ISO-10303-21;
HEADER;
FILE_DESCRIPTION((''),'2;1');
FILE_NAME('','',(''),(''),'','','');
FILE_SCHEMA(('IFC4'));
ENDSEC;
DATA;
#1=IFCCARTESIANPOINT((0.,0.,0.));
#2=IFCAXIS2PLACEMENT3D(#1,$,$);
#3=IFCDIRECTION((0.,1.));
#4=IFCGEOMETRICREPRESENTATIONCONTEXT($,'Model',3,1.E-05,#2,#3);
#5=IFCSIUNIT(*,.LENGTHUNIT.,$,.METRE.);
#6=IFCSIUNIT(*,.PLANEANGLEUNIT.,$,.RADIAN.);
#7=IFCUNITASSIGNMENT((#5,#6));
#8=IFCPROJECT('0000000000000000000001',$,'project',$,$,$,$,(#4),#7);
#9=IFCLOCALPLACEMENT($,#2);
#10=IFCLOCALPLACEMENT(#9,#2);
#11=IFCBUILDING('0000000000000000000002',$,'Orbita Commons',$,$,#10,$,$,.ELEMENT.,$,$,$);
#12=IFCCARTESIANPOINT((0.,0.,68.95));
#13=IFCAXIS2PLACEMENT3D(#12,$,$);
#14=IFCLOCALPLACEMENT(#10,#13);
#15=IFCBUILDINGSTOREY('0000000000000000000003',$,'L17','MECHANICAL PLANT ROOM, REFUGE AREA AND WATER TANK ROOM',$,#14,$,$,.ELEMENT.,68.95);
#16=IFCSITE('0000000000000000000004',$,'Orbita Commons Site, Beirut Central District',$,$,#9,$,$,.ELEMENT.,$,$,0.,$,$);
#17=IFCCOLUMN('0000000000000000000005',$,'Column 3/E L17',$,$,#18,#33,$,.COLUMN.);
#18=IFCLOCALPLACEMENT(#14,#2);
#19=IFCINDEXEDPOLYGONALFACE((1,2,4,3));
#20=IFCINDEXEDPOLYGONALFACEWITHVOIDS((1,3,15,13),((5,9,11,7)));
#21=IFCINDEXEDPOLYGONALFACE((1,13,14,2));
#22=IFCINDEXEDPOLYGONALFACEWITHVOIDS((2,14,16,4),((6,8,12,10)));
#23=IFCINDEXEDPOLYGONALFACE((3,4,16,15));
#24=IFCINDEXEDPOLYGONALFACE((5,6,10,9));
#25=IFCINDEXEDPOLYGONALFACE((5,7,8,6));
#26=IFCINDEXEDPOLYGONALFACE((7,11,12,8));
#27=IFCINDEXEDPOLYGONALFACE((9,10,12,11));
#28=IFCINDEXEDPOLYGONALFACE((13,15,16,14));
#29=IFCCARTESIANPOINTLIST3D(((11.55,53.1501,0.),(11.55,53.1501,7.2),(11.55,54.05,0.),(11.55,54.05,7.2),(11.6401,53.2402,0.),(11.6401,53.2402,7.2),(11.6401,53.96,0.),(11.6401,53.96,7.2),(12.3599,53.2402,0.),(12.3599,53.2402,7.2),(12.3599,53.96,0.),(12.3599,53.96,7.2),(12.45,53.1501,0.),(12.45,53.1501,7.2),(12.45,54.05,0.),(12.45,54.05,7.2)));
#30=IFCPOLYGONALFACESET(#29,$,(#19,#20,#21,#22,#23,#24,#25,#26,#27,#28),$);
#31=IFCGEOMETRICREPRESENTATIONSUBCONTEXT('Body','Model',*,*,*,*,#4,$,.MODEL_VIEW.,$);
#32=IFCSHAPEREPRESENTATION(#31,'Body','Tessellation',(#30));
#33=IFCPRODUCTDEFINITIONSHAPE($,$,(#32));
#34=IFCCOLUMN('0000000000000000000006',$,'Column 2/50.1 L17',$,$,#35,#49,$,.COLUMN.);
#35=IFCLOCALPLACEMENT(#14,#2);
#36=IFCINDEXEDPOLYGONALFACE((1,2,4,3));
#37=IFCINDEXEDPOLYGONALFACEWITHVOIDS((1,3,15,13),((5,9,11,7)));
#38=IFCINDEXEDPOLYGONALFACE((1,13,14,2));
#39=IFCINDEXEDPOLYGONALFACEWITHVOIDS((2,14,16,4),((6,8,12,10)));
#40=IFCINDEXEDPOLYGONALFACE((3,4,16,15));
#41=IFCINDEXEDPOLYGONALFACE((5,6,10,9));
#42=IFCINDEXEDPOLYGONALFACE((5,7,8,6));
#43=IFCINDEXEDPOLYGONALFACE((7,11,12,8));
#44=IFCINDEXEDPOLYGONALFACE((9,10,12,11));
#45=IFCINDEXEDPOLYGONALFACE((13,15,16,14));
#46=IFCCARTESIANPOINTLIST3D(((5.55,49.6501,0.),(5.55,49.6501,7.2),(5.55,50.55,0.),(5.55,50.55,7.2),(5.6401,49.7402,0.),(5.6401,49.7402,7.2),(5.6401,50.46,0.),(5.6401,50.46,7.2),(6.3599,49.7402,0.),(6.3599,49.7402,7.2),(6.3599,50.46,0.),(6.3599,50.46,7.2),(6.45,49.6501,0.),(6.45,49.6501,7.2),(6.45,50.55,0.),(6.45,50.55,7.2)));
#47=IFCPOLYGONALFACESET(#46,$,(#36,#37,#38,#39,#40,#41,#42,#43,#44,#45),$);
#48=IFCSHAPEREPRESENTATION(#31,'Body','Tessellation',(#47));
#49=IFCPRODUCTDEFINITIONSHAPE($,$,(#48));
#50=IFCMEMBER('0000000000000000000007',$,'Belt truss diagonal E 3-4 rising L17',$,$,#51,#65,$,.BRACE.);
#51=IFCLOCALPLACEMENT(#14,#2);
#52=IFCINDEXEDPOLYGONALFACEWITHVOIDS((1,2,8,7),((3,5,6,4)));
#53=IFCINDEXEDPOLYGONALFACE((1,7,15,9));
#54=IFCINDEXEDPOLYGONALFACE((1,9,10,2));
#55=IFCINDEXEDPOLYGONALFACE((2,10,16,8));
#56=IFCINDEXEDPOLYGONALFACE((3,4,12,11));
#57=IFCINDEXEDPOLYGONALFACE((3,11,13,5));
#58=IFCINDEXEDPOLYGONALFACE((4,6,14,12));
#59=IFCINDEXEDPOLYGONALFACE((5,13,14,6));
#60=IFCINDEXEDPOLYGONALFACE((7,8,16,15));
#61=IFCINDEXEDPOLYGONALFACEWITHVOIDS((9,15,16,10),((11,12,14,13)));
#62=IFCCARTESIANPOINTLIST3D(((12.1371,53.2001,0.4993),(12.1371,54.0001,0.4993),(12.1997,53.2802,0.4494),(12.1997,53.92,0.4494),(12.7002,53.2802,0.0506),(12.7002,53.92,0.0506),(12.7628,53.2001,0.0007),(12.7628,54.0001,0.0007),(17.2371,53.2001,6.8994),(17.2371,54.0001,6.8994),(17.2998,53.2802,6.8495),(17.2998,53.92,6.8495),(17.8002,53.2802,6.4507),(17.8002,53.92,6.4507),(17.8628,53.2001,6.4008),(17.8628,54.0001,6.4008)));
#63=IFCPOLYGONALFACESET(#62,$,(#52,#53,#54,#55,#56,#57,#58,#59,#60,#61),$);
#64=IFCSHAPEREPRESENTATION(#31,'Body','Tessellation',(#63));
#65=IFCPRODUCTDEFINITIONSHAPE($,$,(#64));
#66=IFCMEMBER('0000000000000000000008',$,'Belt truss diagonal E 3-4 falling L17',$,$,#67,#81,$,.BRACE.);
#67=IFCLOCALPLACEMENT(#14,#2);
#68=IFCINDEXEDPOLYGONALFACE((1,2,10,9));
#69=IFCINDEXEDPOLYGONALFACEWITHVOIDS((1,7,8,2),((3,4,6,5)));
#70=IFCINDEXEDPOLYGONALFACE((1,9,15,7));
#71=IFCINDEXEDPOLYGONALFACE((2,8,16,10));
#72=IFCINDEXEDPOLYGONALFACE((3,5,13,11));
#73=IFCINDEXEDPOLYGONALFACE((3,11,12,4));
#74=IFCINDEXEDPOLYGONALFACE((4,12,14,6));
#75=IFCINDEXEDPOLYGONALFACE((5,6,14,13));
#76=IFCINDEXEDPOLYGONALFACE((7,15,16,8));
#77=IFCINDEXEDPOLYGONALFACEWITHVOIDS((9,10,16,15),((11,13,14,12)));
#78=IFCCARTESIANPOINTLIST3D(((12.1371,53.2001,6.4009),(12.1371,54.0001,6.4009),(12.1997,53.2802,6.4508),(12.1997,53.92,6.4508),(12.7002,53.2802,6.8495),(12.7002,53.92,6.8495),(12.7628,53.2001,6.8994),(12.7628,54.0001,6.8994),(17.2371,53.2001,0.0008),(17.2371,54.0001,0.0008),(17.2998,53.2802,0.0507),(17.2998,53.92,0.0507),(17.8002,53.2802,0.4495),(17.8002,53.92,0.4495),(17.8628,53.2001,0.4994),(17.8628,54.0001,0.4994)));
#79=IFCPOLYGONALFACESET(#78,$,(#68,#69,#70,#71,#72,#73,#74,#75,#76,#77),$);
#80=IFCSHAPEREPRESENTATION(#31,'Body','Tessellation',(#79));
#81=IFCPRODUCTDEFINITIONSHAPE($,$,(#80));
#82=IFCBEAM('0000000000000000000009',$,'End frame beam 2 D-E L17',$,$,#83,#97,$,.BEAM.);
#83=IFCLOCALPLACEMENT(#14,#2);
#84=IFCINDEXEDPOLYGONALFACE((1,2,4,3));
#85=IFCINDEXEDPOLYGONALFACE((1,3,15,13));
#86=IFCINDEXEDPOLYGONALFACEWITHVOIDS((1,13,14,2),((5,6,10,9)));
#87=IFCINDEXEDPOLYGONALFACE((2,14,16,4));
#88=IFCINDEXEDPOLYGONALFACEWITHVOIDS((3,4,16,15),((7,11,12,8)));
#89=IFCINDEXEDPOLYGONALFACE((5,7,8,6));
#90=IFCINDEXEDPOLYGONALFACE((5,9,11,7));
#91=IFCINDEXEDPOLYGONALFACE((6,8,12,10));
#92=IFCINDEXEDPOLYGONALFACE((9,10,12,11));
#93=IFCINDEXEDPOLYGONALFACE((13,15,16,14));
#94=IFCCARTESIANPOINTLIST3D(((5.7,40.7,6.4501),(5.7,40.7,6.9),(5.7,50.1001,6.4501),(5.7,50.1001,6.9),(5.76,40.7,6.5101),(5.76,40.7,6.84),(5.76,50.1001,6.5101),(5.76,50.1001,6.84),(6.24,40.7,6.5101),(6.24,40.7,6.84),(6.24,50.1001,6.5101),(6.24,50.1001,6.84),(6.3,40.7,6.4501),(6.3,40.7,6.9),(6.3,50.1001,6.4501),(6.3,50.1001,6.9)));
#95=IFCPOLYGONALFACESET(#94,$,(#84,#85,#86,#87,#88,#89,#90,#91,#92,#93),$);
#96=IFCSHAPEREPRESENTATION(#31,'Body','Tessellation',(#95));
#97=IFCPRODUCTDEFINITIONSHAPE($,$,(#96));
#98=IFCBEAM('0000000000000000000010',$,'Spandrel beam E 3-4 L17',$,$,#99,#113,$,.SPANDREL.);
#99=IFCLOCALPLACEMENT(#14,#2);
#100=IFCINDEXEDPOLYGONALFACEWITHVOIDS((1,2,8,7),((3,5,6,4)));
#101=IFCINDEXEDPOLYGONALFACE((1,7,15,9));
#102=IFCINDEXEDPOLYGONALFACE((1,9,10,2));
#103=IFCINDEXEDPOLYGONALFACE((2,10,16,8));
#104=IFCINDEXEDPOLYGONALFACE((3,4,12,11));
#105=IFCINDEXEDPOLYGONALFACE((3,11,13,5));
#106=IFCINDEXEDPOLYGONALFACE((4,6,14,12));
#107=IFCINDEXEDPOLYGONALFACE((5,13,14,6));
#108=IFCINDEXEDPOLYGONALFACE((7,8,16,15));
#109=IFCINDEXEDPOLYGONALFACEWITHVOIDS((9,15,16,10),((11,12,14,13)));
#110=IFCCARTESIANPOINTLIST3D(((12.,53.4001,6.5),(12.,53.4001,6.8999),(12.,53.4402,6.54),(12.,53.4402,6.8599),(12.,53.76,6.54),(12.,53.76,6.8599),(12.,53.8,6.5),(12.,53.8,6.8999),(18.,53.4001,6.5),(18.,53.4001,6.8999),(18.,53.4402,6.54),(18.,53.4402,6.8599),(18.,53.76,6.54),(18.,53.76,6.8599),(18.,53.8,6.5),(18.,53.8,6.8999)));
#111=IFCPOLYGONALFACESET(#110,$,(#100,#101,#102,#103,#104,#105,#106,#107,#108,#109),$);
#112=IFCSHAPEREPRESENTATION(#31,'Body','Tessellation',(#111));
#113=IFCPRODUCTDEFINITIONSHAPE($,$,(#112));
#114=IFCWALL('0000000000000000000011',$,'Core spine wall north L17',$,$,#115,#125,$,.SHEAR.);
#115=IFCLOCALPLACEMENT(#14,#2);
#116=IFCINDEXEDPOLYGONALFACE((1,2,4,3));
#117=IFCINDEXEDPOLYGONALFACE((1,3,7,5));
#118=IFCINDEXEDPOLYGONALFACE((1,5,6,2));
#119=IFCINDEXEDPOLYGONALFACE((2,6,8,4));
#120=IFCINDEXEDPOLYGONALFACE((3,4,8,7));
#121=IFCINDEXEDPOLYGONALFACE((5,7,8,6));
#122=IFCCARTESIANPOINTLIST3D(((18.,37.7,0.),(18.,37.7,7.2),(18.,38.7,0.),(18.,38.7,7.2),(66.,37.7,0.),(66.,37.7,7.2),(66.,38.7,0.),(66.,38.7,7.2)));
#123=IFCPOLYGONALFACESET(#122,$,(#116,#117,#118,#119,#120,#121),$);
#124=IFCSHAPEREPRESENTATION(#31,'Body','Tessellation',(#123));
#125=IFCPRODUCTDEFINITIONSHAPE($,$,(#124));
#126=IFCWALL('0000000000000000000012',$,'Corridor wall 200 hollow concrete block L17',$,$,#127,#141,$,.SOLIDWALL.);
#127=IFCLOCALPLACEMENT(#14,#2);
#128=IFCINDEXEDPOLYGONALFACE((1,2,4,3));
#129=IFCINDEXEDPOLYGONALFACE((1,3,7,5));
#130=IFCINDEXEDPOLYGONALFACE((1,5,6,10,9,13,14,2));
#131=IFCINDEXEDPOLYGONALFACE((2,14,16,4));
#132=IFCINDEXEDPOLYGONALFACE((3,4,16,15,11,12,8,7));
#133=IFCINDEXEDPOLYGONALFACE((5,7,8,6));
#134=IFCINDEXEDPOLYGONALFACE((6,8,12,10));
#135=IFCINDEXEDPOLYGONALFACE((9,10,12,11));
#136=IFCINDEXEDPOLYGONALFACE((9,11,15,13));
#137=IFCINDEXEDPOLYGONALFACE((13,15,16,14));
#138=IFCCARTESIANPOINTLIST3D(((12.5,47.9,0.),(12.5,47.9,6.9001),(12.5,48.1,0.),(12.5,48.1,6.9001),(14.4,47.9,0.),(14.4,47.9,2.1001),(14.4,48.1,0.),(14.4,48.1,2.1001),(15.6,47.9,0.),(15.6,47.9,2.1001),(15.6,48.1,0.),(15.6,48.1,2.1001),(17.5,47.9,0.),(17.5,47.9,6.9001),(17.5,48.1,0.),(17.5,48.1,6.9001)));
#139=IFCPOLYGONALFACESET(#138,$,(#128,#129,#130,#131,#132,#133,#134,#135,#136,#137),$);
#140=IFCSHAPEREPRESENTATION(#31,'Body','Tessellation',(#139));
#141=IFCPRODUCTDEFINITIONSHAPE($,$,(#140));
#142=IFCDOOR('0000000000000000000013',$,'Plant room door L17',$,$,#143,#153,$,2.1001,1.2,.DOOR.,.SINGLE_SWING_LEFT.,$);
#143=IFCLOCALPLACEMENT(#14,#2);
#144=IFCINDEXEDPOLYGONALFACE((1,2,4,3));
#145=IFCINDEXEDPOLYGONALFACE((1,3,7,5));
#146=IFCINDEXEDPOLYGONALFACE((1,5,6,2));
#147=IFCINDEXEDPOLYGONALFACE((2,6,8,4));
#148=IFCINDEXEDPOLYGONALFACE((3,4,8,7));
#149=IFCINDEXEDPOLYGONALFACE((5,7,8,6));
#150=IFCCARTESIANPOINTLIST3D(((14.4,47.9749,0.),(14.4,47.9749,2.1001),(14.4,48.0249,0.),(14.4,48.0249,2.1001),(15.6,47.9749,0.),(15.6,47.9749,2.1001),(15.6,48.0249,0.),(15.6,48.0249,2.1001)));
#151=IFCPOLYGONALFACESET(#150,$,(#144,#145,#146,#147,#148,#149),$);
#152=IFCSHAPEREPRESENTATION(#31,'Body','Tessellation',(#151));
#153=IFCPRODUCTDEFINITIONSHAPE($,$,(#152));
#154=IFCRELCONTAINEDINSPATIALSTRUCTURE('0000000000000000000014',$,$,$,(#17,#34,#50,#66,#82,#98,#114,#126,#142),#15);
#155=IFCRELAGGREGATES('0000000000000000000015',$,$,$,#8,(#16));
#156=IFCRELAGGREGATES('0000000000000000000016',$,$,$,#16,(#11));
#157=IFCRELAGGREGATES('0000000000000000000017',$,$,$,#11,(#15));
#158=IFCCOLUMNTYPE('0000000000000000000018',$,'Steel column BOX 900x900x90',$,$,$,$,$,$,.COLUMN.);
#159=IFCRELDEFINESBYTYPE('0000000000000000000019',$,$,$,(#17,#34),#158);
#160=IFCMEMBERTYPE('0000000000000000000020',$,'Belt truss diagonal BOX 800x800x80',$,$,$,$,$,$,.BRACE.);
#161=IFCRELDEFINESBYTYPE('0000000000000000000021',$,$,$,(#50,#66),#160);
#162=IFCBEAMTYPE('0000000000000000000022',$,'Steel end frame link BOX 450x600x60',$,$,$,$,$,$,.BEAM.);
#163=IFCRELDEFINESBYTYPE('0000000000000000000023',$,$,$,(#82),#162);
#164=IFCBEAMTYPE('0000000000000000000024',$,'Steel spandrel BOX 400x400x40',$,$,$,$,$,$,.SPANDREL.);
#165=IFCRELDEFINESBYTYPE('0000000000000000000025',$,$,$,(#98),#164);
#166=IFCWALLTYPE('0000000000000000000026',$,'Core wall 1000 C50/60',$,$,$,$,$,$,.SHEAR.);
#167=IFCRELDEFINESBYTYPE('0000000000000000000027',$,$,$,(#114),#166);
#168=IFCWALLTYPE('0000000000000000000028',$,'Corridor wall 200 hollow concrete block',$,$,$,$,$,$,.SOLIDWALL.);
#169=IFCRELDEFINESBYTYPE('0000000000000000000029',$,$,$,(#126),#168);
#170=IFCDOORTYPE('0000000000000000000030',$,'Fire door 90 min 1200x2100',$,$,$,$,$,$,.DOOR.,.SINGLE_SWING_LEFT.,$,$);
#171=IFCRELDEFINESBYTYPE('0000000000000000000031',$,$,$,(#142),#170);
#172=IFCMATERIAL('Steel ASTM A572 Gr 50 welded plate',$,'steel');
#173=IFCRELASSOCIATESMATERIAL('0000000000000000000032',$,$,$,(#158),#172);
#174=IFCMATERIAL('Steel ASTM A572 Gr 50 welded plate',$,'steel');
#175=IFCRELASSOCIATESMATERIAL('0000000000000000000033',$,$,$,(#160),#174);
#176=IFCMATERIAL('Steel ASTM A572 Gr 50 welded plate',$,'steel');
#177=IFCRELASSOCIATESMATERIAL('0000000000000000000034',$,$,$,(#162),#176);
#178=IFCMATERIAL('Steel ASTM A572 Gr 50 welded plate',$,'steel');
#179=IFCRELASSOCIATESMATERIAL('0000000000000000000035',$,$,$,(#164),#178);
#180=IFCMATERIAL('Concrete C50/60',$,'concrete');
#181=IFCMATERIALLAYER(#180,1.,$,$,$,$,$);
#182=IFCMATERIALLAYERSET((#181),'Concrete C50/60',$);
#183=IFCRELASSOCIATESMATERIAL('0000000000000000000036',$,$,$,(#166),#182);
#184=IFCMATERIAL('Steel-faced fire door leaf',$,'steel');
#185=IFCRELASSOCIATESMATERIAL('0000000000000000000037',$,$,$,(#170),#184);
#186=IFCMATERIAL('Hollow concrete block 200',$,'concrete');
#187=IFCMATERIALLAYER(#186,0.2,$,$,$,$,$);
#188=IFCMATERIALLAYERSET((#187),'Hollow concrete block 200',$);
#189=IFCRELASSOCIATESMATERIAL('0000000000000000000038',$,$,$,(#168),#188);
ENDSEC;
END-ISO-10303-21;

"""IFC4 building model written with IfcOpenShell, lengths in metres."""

from ifc_helpers import new_model, si_unit, direction, frame, frame_2d, origin, origin_2d, place, context, subcontext, project, spatial, rectangle, hollow_rectangle, extrude, material, layer, layer_set, material_profile, profile_set, type_object, element, fill, save


model = new_model("IFC4")

# Units and contexts
model_context = context("Model", 3, precision=1e-05, world=origin(), true_north=direction((0.0, 1.0)))
body_context = subcontext(model_context, "Body", "Model", "MODEL_VIEW")
ifc_project = project(units=[si_unit("LENGTHUNIT", "METRE"), si_unit("PLANEANGLEUNIT", "RADIAN")], contexts=[model_context])

# Site, building, storey
site_placement = place(None, origin())
site = spatial("IfcSite", under=ifc_project, at=site_placement, Name="Orbita Commons Site, Beirut Central District", CompositionType="ELEMENT", RefElevation=0.0)
building_placement = place(site_placement, origin())
building = spatial("IfcBuilding", under=site, at=building_placement, Name="Orbita Commons", CompositionType="ELEMENT")
storey_placement = place(building_placement, frame((0.0, 0.0, 68.95)))
storey = spatial("IfcBuildingStorey", under=building, at=storey_placement, Name="L17", Description="MECHANICAL PLANT ROOM, REFUGE AREA AND WATER TANK ROOM", CompositionType="ELEMENT", Elevation=68.95)

# Columns
ifc_material_1 = material(Name="Steel ASTM A572 Gr 50 welded plate", Category="steel")
ifc_material_profile_1 = material_profile(ifc_material_1, hollow_rectangle(XDim=0.8999, YDim=0.8999, WallThickness=0.0901, at=origin_2d()), Name="BOX 900x900x90")
ifc_profile_set_1 = profile_set([ifc_material_profile_1], Name="Steel ASTM A572 Gr 50 welded plate")
column_type = type_object("IfcColumnType", Name="Steel column BOX 900x900x90", PredefinedType="COLUMN", material=ifc_profile_set_1)
for number, where, z_axis, x_axis, name in (
    (1, (12.0, 53.6001, 0.0), (0.0, 0.0, 1.0), (1.0, 0.0, 0.0), "Column 3/E L17"),
    (2, (6.0, 50.1001, 0.0), (0.0, 0.0, 1.0), (1.0, 0.0, 0.0), "Column 2/50.1 L17"),
):
    element("IfcColumn", number, at=place(storey_placement, frame(where, z_axis=z_axis, x_axis=x_axis)), inside=storey, type_object=column_type, Name=name, PredefinedType="COLUMN", context=body_context, shape_type="SweptSolid", body=[
        extrude(hollow_rectangle(XDim=0.8999, YDim=0.8999, WallThickness=0.0901, at=origin_2d()), origin(), (0.0, 0.0, 1.0), 7.2),
    ])

# Members
ifc_material_2 = material(Name="Steel ASTM A572 Gr 50 welded plate", Category="steel")
ifc_material_profile_2 = material_profile(ifc_material_2, hollow_rectangle(XDim=0.8, YDim=0.8, WallThickness=0.0801, at=origin_2d()), Name="BOX 800x800x80")
ifc_profile_set_2 = profile_set([ifc_material_profile_2], Name="Steel ASTM A572 Gr 50 welded plate")
member_type = type_object("IfcMemberType", Name="Belt truss diagonal BOX 800x800x80", PredefinedType="BRACE", material=ifc_profile_set_2)
for number, where, z_axis, x_axis, name in (
    (3, (12.45, 53.6001, 0.25), (0.623202, 0.0, 0.782061), (0.0, 1.0, 0.0), "Belt truss diagonal E 3-4 rising L17"),
    (4, (12.45, 53.6001, 6.6501), (0.623202, 0.0, -0.782061), (0.0, 1.0, 0.0), "Belt truss diagonal E 3-4 falling L17"),
):
    element("IfcMember", number, at=place(storey_placement, frame(where, z_axis=z_axis, x_axis=x_axis)), inside=storey, type_object=member_type, Name=name, PredefinedType="BRACE", context=body_context, shape_type="SweptSolid", body=[
        extrude(hollow_rectangle(XDim=0.8, YDim=0.8, WallThickness=0.0801, at=origin_2d()), origin(), (0.0, 0.0, 1.0), 8.1836),
    ])

# Beams
ifc_material_3 = material(Name="Steel ASTM A572 Gr 50 welded plate", Category="steel")
ifc_material_profile_3 = material_profile(ifc_material_3, hollow_rectangle(XDim=0.6001, YDim=0.45, WallThickness=0.0601, at=origin_2d()), Name="BOX 450x600x60")
ifc_profile_set_3 = profile_set([ifc_material_profile_3], Name="Steel ASTM A572 Gr 50 welded plate")
beam_type_1 = type_object("IfcBeamType", Name="Steel end frame link BOX 450x600x60", PredefinedType="BEAM", material=ifc_profile_set_3)
beam_1_placement = place(storey_placement, frame((6.0, 40.7, 6.675), z_axis=(0.0, 1.0, 0.0), x_axis=(-1.0, 0.0, 0.0)))
element("IfcBeam", 5, at=beam_1_placement, inside=storey, type_object=beam_type_1, Name="End frame beam 2 D-E L17", PredefinedType="BEAM", context=body_context, shape_type="SweptSolid", body=[
    extrude(hollow_rectangle(XDim=0.6001, YDim=0.45, WallThickness=0.0601, at=origin_2d()), origin(), (0.0, 0.0, 1.0), 9.4001),
])
ifc_material_4 = material(Name="Steel ASTM A572 Gr 50 welded plate", Category="steel")
ifc_material_profile_4 = material_profile(ifc_material_4, hollow_rectangle(XDim=0.3999, YDim=0.3999, WallThickness=0.04, at=origin_2d()), Name="BOX 400x400x40")
ifc_profile_set_4 = profile_set([ifc_material_profile_4], Name="Steel ASTM A572 Gr 50 welded plate")
beam_type_2 = type_object("IfcBeamType", Name="Steel spandrel BOX 400x400x40", PredefinedType="SPANDREL", material=ifc_profile_set_4)
beam_2_placement = place(storey_placement, frame((12.0, 53.6001, 6.7), z_axis=(1.0, 0.0, 0.0), x_axis=(0.0, 1.0, 0.0)))
element("IfcBeam", 6, at=beam_2_placement, inside=storey, type_object=beam_type_2, Name="Spandrel beam E 3-4 L17", PredefinedType="SPANDREL", context=body_context, shape_type="SweptSolid", body=[
    extrude(hollow_rectangle(XDim=0.3999, YDim=0.3999, WallThickness=0.04, at=origin_2d()), origin(), (0.0, 0.0, 1.0), 6.0),
])

# Wall
ifc_material_5 = material(Name="Concrete C50/60", Category="concrete")
ifc_layer_1 = layer(ifc_material_5, 1.0)
ifc_layer_set_1 = layer_set([ifc_layer_1], Name="Concrete C50/60")
wall_type_1 = type_object("IfcWallType", Name="Core wall 1000 C50/60", PredefinedType="SHEAR", material=ifc_layer_set_1)
wall_1_placement = place(storey_placement, frame((18.0, 38.2, 0.0), z_axis=(0.0, 0.0, 1.0), x_axis=(1.0, 0.0, 0.0)))
element("IfcWall", 7, at=wall_1_placement, inside=storey, type_object=wall_type_1, Name="Core spine wall north L17", PredefinedType="SHEAR", context=body_context, shape_type="SweptSolid", body=[
    extrude(rectangle(XDim=48.0, YDim=1.0, at=frame_2d((24.0, 0.0))), origin(), (0.0, 0.0, 1.0), 7.2),
])

# Shared definitions
ifc_material_6 = material(Name="Steel-faced fire door leaf", Category="steel")
door_type_1 = type_object("IfcDoorType", Name="Fire door 90 min 1200x2100", OperationType="SINGLE_SWING_LEFT", PredefinedType="DOOR", material=ifc_material_6)

# Wall, opening, door
ifc_material_7 = material(Name="Hollow concrete block 200", Category="concrete")
ifc_layer_2 = layer(ifc_material_7, 0.2)
ifc_layer_set_2 = layer_set([ifc_layer_2], Name="Hollow concrete block 200")
wall_type_2 = type_object("IfcWallType", Name="Corridor wall 200 hollow concrete block", PredefinedType="SOLIDWALL", material=ifc_layer_set_2)
wall_2_placement = place(storey_placement, frame((12.5, 48.0, 0.0), z_axis=(0.0, 0.0, 1.0), x_axis=(1.0, 0.0, 0.0)))
wall_2 = element("IfcWall", 8, at=wall_2_placement, inside=storey, type_object=wall_type_2, Name="Corridor wall 200 hollow concrete block L17", PredefinedType="SOLIDWALL", context=body_context, shape_type="SweptSolid", body=[
    extrude(rectangle(XDim=5.0, YDim=0.2, at=frame_2d((2.5, 0.0))), origin(), (0.0, 0.0, 1.0), 6.9001),
])
opening_1_placement = place(wall_2_placement, frame((1.8999, 0.0, 0.0)))
opening_1 = element("IfcOpeningElement", 9, at=opening_1_placement, cuts=wall_2, PredefinedType="OPENING", context=body_context, shape_type="SweptSolid", body=[
    extrude(rectangle(XDim=1.2, YDim=2.1001, at=frame_2d((0.6001, 1.05))), frame((0.0, 0.1099, 0.0), z_axis=(0.0, -1.0, 0.0), x_axis=(1.0, 0.0, 0.0)), (0.0, 0.0, 1.0), 0.22),
])
door_1_placement = place(opening_1_placement, origin())
door_1 = element("IfcDoor", 10, at=door_1_placement, inside=storey, type_object=door_type_1, Name="Plant room door L17", OperationType="SINGLE_SWING_LEFT", OverallHeight=2.1001, OverallWidth=1.2, PredefinedType="DOOR", context=body_context, shape_type="SweptSolid", body=[
    extrude(rectangle(XDim=1.2, YDim=2.1001, at=frame_2d((0.6001, 1.05))), frame((0.0, 0.0249, 0.0), z_axis=(0.0, -1.0, 0.0), x_axis=(1.0, 0.0, 0.0)), (0.0, 0.0, 1.0), 0.05),
])
fill(opening_1, door_1)

save(model, "model.ifc")
